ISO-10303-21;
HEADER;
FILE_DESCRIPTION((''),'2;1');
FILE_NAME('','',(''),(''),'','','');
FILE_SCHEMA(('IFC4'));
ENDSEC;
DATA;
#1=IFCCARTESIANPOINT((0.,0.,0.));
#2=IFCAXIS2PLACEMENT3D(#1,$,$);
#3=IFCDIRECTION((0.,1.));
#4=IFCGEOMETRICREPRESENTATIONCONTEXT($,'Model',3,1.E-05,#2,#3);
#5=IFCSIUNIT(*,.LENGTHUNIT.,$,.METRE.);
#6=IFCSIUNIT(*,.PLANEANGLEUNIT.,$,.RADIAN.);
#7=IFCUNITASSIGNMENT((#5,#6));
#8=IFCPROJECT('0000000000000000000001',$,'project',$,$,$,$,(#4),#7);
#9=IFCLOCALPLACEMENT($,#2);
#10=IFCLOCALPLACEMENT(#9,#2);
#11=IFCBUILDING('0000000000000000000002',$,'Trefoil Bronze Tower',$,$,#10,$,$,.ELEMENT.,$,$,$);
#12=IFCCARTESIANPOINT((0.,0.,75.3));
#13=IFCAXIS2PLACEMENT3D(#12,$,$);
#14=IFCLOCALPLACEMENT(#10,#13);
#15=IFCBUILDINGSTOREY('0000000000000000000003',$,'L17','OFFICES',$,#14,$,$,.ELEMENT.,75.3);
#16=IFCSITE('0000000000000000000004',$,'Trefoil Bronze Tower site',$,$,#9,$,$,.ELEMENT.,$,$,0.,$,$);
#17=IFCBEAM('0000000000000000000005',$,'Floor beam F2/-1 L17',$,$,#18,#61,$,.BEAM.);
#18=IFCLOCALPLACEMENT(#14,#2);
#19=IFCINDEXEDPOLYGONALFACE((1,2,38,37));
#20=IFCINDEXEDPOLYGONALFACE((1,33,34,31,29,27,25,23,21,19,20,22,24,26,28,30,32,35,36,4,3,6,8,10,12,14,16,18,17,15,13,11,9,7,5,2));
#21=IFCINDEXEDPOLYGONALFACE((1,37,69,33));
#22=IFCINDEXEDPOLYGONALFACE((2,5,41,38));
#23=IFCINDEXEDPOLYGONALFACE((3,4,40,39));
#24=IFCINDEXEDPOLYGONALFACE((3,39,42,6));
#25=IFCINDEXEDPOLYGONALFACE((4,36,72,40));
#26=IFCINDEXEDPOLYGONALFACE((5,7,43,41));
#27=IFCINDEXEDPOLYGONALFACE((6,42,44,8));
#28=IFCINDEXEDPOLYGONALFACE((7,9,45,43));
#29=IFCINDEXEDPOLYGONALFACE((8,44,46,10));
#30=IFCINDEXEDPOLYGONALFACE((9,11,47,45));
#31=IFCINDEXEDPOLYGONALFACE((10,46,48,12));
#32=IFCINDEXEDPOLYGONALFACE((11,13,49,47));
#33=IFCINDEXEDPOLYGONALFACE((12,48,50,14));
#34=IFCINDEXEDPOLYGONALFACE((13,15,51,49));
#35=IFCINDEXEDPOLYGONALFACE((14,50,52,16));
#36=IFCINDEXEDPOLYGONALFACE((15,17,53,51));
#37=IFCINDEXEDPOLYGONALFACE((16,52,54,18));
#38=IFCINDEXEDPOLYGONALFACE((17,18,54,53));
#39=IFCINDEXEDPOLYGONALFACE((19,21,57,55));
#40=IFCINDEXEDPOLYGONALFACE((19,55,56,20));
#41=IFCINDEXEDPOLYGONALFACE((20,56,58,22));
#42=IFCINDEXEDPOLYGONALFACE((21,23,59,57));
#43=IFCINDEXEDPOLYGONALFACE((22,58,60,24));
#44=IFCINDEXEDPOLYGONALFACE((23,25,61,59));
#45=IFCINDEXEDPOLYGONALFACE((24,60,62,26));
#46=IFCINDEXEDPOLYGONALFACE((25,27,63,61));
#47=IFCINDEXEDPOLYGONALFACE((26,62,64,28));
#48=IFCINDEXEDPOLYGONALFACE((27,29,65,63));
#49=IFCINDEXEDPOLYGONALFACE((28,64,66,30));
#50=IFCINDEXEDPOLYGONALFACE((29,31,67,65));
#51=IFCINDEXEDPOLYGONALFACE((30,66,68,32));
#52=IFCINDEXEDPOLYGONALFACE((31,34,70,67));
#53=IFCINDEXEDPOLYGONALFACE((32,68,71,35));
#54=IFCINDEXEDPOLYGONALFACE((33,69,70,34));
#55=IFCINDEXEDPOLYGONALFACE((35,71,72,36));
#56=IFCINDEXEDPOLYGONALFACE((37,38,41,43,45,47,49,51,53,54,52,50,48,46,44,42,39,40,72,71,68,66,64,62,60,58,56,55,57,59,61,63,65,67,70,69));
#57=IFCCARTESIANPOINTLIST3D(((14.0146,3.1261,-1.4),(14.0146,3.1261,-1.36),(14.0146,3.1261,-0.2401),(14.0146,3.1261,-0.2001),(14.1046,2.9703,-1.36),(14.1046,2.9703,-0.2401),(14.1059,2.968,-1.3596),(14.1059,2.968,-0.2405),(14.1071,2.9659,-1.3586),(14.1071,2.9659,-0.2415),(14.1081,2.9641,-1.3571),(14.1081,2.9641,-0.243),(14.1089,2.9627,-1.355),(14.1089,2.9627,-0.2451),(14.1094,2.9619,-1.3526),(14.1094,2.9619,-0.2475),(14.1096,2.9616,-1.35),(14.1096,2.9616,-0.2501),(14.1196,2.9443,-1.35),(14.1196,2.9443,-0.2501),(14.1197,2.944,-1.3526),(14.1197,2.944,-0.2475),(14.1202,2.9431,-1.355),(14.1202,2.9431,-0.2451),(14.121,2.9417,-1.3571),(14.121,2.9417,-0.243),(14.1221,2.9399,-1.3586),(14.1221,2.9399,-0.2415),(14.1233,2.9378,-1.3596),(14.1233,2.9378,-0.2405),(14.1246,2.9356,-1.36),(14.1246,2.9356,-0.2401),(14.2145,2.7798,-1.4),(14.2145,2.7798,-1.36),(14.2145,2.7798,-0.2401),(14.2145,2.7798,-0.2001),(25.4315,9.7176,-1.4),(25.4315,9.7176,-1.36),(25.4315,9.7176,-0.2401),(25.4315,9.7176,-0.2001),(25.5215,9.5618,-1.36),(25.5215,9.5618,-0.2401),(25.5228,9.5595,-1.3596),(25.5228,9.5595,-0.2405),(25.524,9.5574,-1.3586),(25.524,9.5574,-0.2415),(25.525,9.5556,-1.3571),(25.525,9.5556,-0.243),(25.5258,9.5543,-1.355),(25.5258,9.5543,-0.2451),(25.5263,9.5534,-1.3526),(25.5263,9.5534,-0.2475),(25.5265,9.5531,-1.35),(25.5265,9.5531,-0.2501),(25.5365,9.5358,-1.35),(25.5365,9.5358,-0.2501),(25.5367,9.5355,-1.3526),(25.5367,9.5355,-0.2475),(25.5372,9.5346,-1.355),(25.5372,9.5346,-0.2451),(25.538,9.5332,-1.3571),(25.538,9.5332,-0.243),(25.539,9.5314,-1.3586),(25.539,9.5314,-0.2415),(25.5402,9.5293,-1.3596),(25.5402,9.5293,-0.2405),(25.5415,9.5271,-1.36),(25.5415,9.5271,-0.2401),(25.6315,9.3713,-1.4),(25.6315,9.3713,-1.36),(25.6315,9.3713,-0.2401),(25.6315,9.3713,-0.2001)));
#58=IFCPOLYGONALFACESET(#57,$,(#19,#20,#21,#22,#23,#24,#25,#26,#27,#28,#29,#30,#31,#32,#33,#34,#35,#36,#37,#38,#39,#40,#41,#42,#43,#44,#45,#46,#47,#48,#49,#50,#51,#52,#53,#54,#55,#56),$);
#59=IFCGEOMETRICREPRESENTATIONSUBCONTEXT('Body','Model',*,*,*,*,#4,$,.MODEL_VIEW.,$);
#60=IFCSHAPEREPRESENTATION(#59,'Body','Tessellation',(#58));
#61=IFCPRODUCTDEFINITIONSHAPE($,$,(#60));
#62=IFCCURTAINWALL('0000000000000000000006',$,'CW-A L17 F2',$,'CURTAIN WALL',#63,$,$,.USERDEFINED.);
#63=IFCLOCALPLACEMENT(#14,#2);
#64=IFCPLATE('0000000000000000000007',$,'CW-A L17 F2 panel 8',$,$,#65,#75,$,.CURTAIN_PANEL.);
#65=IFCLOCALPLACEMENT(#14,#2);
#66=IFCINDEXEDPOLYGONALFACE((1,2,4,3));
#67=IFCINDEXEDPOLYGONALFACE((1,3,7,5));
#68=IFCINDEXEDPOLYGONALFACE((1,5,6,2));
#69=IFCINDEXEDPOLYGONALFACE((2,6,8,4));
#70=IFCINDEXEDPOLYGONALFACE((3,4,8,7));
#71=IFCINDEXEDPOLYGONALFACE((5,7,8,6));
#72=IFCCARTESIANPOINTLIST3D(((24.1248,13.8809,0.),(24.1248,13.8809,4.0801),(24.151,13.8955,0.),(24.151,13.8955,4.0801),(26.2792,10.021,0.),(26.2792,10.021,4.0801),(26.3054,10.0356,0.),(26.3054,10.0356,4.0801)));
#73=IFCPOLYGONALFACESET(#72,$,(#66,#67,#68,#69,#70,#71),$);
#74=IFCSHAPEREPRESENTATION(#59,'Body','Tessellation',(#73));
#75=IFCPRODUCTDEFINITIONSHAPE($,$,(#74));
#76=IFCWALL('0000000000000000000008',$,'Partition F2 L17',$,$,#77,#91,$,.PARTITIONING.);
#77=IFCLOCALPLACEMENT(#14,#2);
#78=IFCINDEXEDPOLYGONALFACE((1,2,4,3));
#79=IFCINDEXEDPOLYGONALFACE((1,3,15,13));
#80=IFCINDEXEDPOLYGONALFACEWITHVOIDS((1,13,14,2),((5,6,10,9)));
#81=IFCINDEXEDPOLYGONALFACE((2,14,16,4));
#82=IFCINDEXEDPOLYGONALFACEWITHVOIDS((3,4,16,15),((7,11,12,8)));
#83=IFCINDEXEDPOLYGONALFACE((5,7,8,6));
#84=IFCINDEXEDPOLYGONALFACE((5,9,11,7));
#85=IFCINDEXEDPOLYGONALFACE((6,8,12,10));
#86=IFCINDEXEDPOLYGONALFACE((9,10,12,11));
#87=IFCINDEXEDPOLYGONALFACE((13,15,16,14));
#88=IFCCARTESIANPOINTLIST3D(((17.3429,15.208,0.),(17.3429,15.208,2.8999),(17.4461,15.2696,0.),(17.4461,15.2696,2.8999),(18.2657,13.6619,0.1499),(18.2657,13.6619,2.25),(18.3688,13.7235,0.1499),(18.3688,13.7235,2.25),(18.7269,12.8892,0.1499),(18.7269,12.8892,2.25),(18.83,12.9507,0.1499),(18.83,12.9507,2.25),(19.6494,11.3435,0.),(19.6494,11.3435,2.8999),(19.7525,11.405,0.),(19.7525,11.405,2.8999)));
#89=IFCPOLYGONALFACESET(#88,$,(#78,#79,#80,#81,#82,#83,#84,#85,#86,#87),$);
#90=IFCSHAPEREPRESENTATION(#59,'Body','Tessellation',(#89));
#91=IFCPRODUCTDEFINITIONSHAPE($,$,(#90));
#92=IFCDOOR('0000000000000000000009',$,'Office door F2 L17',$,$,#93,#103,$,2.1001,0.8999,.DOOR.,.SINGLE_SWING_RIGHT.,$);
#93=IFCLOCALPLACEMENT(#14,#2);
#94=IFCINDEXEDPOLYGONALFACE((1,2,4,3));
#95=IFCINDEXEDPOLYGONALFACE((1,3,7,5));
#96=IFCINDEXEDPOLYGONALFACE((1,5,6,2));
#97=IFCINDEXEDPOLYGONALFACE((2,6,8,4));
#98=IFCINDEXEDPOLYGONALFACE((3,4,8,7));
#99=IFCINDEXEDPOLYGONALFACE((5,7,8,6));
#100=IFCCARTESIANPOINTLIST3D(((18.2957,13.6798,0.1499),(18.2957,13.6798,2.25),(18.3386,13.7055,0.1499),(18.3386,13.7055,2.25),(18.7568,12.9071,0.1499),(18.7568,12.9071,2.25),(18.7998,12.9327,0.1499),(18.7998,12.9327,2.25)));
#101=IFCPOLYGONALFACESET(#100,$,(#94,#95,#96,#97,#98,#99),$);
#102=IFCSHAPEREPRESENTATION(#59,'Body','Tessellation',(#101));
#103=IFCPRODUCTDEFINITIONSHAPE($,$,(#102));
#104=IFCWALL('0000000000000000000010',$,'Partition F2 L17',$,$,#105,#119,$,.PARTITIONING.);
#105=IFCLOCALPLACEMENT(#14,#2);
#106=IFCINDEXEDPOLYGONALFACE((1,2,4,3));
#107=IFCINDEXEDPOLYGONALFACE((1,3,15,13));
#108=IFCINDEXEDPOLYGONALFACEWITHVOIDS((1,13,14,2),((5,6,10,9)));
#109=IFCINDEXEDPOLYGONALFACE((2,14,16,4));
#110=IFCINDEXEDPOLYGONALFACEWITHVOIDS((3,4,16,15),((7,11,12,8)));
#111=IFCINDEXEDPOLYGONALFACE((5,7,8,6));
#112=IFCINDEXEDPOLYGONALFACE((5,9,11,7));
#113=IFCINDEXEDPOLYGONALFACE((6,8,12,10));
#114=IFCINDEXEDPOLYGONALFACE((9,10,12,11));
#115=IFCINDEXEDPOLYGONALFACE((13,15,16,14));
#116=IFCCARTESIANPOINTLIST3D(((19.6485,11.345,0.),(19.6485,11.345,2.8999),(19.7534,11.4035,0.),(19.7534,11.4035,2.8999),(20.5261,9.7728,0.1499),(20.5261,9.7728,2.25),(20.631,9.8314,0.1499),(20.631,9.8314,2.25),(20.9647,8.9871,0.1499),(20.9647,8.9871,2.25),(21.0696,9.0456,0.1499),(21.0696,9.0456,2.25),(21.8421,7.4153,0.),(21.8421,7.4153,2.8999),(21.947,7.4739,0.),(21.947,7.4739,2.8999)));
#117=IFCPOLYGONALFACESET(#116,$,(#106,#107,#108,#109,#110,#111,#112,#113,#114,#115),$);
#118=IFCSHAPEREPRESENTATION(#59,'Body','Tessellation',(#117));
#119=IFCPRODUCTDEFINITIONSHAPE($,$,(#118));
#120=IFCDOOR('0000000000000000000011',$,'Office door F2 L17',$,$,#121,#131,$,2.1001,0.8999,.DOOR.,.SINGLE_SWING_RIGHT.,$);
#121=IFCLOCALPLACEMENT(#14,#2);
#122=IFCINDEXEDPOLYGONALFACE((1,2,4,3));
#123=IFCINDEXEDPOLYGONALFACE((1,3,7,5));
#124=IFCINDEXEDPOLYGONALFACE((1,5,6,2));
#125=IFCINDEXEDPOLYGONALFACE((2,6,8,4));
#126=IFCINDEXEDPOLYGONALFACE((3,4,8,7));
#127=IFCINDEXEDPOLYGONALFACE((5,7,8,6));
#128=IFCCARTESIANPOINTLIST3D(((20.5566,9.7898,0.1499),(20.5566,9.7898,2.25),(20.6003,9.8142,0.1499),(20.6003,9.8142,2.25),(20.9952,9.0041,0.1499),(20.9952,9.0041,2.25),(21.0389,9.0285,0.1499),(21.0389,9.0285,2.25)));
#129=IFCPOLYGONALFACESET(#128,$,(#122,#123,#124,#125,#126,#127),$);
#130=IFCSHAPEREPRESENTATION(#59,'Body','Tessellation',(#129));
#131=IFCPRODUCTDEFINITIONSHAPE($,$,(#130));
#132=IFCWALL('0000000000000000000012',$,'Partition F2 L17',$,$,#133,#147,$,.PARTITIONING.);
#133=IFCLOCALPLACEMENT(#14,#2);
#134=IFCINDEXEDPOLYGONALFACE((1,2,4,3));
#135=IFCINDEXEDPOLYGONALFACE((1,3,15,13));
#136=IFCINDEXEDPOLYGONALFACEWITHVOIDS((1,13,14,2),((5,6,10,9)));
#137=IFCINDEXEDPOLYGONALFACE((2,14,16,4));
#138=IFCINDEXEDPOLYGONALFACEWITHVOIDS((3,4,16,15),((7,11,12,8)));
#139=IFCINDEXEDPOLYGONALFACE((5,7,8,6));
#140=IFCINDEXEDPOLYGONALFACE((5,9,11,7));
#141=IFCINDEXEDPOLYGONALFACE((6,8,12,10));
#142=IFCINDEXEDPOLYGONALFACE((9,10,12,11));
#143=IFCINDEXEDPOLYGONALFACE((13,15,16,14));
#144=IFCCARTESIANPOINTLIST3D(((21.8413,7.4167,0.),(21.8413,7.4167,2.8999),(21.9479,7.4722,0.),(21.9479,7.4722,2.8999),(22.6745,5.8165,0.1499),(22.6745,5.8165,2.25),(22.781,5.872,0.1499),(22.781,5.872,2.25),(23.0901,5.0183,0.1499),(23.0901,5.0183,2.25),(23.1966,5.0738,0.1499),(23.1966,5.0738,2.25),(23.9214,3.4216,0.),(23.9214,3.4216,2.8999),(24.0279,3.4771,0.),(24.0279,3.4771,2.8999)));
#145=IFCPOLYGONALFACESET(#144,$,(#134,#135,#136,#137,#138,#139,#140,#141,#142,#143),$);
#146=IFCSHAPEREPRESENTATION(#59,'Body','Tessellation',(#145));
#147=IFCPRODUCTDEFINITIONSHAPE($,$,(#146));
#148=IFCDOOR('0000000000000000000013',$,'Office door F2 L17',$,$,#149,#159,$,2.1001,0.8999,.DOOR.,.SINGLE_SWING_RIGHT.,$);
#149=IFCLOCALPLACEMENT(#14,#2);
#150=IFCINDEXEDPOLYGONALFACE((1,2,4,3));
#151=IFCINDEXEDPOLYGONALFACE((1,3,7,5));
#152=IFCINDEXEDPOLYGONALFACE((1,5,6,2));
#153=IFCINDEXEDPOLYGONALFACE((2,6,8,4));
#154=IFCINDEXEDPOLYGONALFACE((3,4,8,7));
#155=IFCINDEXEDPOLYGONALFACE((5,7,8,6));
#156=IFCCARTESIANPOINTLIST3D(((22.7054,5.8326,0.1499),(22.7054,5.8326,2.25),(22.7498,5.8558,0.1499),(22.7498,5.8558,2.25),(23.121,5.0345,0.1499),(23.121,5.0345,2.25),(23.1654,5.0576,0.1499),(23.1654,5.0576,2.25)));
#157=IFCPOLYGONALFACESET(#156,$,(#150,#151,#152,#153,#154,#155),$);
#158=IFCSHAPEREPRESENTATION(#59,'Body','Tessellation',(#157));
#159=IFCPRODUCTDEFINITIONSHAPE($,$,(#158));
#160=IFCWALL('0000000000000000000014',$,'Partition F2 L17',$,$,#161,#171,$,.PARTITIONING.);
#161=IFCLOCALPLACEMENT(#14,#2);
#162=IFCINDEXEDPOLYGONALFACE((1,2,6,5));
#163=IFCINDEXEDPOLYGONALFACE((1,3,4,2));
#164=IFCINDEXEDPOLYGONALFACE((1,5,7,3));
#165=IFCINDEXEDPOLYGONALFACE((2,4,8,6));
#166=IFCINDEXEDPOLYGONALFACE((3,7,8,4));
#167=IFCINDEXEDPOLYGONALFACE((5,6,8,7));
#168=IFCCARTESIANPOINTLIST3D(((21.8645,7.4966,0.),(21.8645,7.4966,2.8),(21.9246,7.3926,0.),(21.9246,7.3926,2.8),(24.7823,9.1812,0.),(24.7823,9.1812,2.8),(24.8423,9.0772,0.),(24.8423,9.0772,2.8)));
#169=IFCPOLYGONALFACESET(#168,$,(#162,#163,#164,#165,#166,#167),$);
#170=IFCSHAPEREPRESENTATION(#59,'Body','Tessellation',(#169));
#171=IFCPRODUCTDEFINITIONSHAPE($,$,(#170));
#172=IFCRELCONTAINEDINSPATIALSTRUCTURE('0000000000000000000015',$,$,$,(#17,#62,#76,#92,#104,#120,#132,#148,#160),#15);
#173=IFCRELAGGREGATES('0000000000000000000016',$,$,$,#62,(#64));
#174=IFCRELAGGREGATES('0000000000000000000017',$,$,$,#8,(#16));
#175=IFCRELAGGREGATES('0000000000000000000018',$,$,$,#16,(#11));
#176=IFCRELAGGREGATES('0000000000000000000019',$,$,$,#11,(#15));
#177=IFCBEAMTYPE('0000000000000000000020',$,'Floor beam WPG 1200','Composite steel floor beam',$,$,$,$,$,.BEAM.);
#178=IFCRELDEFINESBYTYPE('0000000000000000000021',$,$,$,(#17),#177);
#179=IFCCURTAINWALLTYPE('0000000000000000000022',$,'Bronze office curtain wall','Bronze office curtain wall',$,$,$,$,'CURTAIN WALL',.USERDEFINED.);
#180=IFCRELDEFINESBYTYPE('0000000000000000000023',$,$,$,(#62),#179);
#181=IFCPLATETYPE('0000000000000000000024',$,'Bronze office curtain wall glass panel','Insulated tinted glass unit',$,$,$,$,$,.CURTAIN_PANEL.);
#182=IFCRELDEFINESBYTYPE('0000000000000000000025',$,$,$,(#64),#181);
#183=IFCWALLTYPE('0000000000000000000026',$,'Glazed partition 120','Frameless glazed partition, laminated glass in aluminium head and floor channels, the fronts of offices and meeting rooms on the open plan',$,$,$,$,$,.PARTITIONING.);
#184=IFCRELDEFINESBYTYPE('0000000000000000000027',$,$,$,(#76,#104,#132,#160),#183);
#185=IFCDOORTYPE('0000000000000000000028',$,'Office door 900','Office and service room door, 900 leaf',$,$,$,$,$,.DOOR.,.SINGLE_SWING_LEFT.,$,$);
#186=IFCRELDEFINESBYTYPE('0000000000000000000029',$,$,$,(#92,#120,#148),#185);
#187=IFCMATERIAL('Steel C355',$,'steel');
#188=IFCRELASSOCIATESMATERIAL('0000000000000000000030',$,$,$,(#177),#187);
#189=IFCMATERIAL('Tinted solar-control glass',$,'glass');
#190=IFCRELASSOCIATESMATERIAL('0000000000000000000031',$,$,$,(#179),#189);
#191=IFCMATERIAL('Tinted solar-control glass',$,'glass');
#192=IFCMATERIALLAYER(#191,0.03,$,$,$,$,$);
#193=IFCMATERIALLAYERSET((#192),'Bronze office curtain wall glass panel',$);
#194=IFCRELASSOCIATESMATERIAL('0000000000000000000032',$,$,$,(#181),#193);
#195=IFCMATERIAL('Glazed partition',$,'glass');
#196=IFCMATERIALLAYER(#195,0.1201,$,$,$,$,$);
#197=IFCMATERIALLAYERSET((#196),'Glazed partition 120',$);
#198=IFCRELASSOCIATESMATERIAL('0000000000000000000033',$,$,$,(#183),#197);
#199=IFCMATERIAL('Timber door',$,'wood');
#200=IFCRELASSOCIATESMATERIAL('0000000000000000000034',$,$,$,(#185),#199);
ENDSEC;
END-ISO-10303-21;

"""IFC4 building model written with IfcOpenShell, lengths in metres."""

from ifc_helpers import new_model, si_unit, direction, frame, frame_2d, origin, origin_2d, place, context, subcontext, project, spatial, rectangle, i_section, extrude, material, layer, layer_set, material_profile, profile_set, type_object, element, fill, aggregate, save


model = new_model("IFC4")

# Units and contexts
model_context = context("Model", 3, precision=1e-05, world=origin(), true_north=direction((0.0, 1.0)))
body_context = subcontext(model_context, "Body", "Model", "MODEL_VIEW")
ifc_project = project(units=[si_unit("LENGTHUNIT", "METRE"), si_unit("PLANEANGLEUNIT", "RADIAN")], contexts=[model_context])

# Site, building, storey
site_placement = place(None, origin())
site = spatial("IfcSite", under=ifc_project, at=site_placement, Name="Trefoil Bronze Tower site", CompositionType="ELEMENT", RefElevation=0.0)
building_placement = place(site_placement, origin())
building = spatial("IfcBuilding", under=site, at=building_placement, Name="Trefoil Bronze Tower", CompositionType="ELEMENT")
storey_placement = place(building_placement, frame((0.0, 0.0, 75.3)))
storey = spatial("IfcBuildingStorey", under=building, at=storey_placement, Name="L17", Description="OFFICES", CompositionType="ELEMENT", Elevation=75.3)

# Beam
ifc_material_1 = material(Name="Steel C355", Category="steel")
ifc_material_profile_1 = material_profile(ifc_material_1, i_section(OverallWidth=0.3999, OverallDepth=1.2, WebThickness=0.02, FlangeThickness=0.04, FilletRadius=0.01, at=origin_2d()), Name="WPG 1200")
ifc_profile_set_1 = profile_set([ifc_material_profile_1], Name="Steel C355")
beam_type_1 = type_object("IfcBeamType", Name="Floor beam WPG 1200", Description="Composite steel floor beam", PredefinedType="BEAM", material=ifc_profile_set_1)
beam_placement = place(storey_placement, frame((25.5315, 9.5444, -0.8), z_axis=(-0.866027, -0.499997, 0.0), x_axis=(0.499997, -0.866027, 0.0)))
element("IfcBeam", 1, at=beam_placement, inside=storey, type_object=beam_type_1, Name="Floor beam F2/-1 L17", PredefinedType="BEAM", context=body_context, shape_type="SweptSolid", body=[
    extrude(i_section(OverallWidth=0.3999, OverallDepth=1.2, WebThickness=0.02, FlangeThickness=0.04, FilletRadius=0.01, at=origin_2d()), origin(), (0.0, 0.0, 1.0), 13.1831),
])

# Curtain wall, plate
ifc_material_2 = material(Name="Tinted solar-control glass", Category="glass")
curtain_wall_type = type_object("IfcCurtainWallType", Name="Bronze office curtain wall", Description="Bronze office curtain wall", ElementType="CURTAIN WALL", PredefinedType="USERDEFINED", material=ifc_material_2)
curtain_wall_placement = place(storey_placement, origin())
curtain_wall = element("IfcCurtainWall", 2, at=curtain_wall_placement, inside=storey, type_object=curtain_wall_type, Name="CW-A L17 F2", ObjectType="CURTAIN WALL", PredefinedType="USERDEFINED")
ifc_material_3 = material(Name="Tinted solar-control glass", Category="glass")
ifc_layer_1 = layer(ifc_material_3, 0.03)
ifc_layer_set_1 = layer_set([ifc_layer_1], Name="Bronze office curtain wall glass panel")
plate_type = type_object("IfcPlateType", Name="Bronze office curtain wall glass panel", Description="Insulated tinted glass unit", PredefinedType="CURTAIN_PANEL", material=ifc_layer_set_1)
plate_placement = place(storey_placement, frame((25.2151, 11.9583, 0.0), z_axis=(0.0, 0.0, 1.0), x_axis=(-0.487382, 0.873189, 0.0)))
plate = element("IfcPlate", 3, at=plate_placement, type_object=plate_type, Name="CW-A L17 F2 panel 8", PredefinedType="CURTAIN_PANEL", context=body_context, shape_type="SweptSolid", body=[
    extrude(rectangle(XDim=4.4204, YDim=0.03, at=origin_2d()), origin(), (0.0, 0.0, 1.0), 4.0801),
])
aggregate(curtain_wall, [plate])

# Walls, openings, doors
ifc_material_4 = material(Name="Glazed partition", Category="glass")
ifc_layer_2 = layer(ifc_material_4, 0.1201)
ifc_layer_set_2 = layer_set([ifc_layer_2], Name="Glazed partition 120")
wall_type_1 = type_object("IfcWallType", Name="Glazed partition 120", Description="Frameless glazed partition, laminated glass in aluminium head and floor channels, the fronts of offices and meeting rooms on the open plan", PredefinedType="PARTITIONING", material=ifc_layer_set_2)
wall_1_placement = place(storey_placement, frame((19.7009, 11.3743, 0.0), z_axis=(0.0, 0.0, 1.0), x_axis=(-0.512484, 0.858697, 0.0)))
wall_1 = element("IfcWall", 4, at=wall_1_placement, inside=storey, type_object=wall_type_1, Name="Partition F2 L17", PredefinedType="PARTITIONING", context=body_context, shape_type="SweptSolid", body=[
    extrude(rectangle(XDim=4.5005, YDim=0.1201, at=frame_2d((2.2502, 0.0))), origin(), (0.0, 0.0, 1.0), 2.8999),
])
opening_1_placement = place(wall_1_placement, frame((1.8, 0.0, 0.1499)))
opening_1 = element("IfcOpeningElement", 5, at=opening_1_placement, cuts=wall_1, PredefinedType="OPENING", context=body_context, shape_type="SweptSolid", body=[
    extrude(rectangle(XDim=0.8999, YDim=2.1001, at=frame_2d((0.45, 1.05))), frame((0.0, 0.0701, 0.0), z_axis=(0.0, -1.0, 0.0), x_axis=(1.0, 0.0, 0.0)), (0.0, 0.0, 1.0), 0.1401),
])
ifc_material_5 = material(Name="Timber door", Category="wood")
door_type = type_object("IfcDoorType", Name="Office door 900", Description="Office and service room door, 900 leaf", OperationType="SINGLE_SWING_LEFT", PredefinedType="DOOR", material=ifc_material_5)
door_1_placement = place(opening_1_placement, frame((0.8999, 0.0, 0.0), z_axis=(0.0, 0.0, 1.0), x_axis=(-1.0, 0.0, 0.0)))
door_1 = element("IfcDoor", 6, at=door_1_placement, inside=storey, type_object=door_type, Name="Office door F2 L17", OperationType="SINGLE_SWING_RIGHT", OverallHeight=2.1001, OverallWidth=0.8999, PredefinedType="DOOR", context=body_context, shape_type="SweptSolid", body=[
    extrude(rectangle(XDim=0.8999, YDim=2.1001, at=frame_2d((0.45, 1.05))), frame((0.0, 0.0249, 0.0), z_axis=(0.0, -1.0, 0.0), x_axis=(1.0, 0.0, 0.0)), (0.0, 0.0, 1.0), 0.05),
])
fill(opening_1, door_1)
wall_2_placement = place(storey_placement, frame((21.8945, 7.4446, 0.0), z_axis=(0.0, 0.0, 1.0), x_axis=(-0.487415, 0.87317, 0.0)))
wall_2 = element("IfcWall", 7, at=wall_2_placement, inside=storey, type_object=wall_type_1, Name="Partition F2 L17", PredefinedType="PARTITIONING", context=body_context, shape_type="SweptSolid", body=[
    extrude(rectangle(XDim=4.5005, YDim=0.1201, at=frame_2d((2.2502, 0.0))), origin(), (0.0, 0.0, 1.0), 2.8999),
])
opening_2_placement = place(wall_2_placement, frame((1.8, 0.0, 0.1499)))
opening_2 = element("IfcOpeningElement", 8, at=opening_2_placement, cuts=wall_2, PredefinedType="OPENING", context=body_context, shape_type="SweptSolid", body=[
    extrude(rectangle(XDim=0.8999, YDim=2.1001, at=frame_2d((0.45, 1.05))), frame((0.0, 0.0701, 0.0), z_axis=(0.0, -1.0, 0.0), x_axis=(1.0, 0.0, 0.0)), (0.0, 0.0, 1.0), 0.1401),
])
door_2_placement = place(opening_2_placement, frame((0.8999, 0.0, 0.0), z_axis=(0.0, 0.0, 1.0), x_axis=(-1.0, 0.0, 0.0)))
door_2 = element("IfcDoor", 9, at=door_2_placement, inside=storey, type_object=door_type, Name="Office door F2 L17", OperationType="SINGLE_SWING_RIGHT", OverallHeight=2.1001, OverallWidth=0.8999, PredefinedType="DOOR", context=body_context, shape_type="SweptSolid", body=[
    extrude(rectangle(XDim=0.8999, YDim=2.1001, at=frame_2d((0.45, 1.05))), frame((0.0, 0.0249, 0.0), z_axis=(0.0, -1.0, 0.0), x_axis=(1.0, 0.0, 0.0)), (0.0, 0.0, 1.0), 0.05),
])
fill(opening_2, door_2)
wall_3_placement = place(storey_placement, frame((23.9746, 3.4495, 0.0), z_axis=(0.0, 0.0, 1.0), x_axis=(-0.46181, 0.886979, 0.0)))
wall_3 = element("IfcWall", 10, at=wall_3_placement, inside=storey, type_object=wall_type_1, Name="Partition F2 L17", PredefinedType="PARTITIONING", context=body_context, shape_type="SweptSolid", body=[
    extrude(rectangle(XDim=4.5042, YDim=0.1201, at=frame_2d((2.252, 0.0))), origin(), (0.0, 0.0, 1.0), 2.8999),
])
opening_3_placement = place(wall_3_placement, frame((1.8, 0.0, 0.1499)))
opening_3 = element("IfcOpeningElement", 11, at=opening_3_placement, cuts=wall_3, PredefinedType="OPENING", context=body_context, shape_type="SweptSolid", body=[
    extrude(rectangle(XDim=0.8999, YDim=2.1001, at=frame_2d((0.45, 1.05))), frame((0.0, 0.0701, 0.0), z_axis=(0.0, -1.0, 0.0), x_axis=(1.0, 0.0, 0.0)), (0.0, 0.0, 1.0), 0.1401),
])
door_3_placement = place(opening_3_placement, frame((0.8999, 0.0, 0.0), z_axis=(0.0, 0.0, 1.0), x_axis=(-1.0, 0.0, 0.0)))
door_3 = element("IfcDoor", 12, at=door_3_placement, inside=storey, type_object=door_type, Name="Office door F2 L17", OperationType="SINGLE_SWING_RIGHT", OverallHeight=2.1001, OverallWidth=0.8999, PredefinedType="DOOR", context=body_context, shape_type="SweptSolid", body=[
    extrude(rectangle(XDim=0.8999, YDim=2.1001, at=frame_2d((0.45, 1.05))), frame((0.0, 0.0249, 0.0), z_axis=(0.0, -1.0, 0.0), x_axis=(1.0, 0.0, 0.0)), (0.0, 0.0, 1.0), 0.05),
])
fill(opening_3, door_3)

# Wall
wall_4_placement = place(storey_placement, frame((21.8945, 7.4446, 0.0), z_axis=(0.0, 0.0, 1.0), x_axis=(0.866023, 0.500005, 0.0)))
element("IfcWall", 13, at=wall_4_placement, inside=storey, type_object=wall_type_1, Name="Partition F2 L17", PredefinedType="PARTITIONING", context=body_context, shape_type="SweptSolid", body=[
    extrude(rectangle(XDim=3.3691, YDim=0.1201, at=frame_2d((1.6846, 0.0))), origin(), (0.0, 0.0, 1.0), 2.8),
])

save(model, "model.ifc")
